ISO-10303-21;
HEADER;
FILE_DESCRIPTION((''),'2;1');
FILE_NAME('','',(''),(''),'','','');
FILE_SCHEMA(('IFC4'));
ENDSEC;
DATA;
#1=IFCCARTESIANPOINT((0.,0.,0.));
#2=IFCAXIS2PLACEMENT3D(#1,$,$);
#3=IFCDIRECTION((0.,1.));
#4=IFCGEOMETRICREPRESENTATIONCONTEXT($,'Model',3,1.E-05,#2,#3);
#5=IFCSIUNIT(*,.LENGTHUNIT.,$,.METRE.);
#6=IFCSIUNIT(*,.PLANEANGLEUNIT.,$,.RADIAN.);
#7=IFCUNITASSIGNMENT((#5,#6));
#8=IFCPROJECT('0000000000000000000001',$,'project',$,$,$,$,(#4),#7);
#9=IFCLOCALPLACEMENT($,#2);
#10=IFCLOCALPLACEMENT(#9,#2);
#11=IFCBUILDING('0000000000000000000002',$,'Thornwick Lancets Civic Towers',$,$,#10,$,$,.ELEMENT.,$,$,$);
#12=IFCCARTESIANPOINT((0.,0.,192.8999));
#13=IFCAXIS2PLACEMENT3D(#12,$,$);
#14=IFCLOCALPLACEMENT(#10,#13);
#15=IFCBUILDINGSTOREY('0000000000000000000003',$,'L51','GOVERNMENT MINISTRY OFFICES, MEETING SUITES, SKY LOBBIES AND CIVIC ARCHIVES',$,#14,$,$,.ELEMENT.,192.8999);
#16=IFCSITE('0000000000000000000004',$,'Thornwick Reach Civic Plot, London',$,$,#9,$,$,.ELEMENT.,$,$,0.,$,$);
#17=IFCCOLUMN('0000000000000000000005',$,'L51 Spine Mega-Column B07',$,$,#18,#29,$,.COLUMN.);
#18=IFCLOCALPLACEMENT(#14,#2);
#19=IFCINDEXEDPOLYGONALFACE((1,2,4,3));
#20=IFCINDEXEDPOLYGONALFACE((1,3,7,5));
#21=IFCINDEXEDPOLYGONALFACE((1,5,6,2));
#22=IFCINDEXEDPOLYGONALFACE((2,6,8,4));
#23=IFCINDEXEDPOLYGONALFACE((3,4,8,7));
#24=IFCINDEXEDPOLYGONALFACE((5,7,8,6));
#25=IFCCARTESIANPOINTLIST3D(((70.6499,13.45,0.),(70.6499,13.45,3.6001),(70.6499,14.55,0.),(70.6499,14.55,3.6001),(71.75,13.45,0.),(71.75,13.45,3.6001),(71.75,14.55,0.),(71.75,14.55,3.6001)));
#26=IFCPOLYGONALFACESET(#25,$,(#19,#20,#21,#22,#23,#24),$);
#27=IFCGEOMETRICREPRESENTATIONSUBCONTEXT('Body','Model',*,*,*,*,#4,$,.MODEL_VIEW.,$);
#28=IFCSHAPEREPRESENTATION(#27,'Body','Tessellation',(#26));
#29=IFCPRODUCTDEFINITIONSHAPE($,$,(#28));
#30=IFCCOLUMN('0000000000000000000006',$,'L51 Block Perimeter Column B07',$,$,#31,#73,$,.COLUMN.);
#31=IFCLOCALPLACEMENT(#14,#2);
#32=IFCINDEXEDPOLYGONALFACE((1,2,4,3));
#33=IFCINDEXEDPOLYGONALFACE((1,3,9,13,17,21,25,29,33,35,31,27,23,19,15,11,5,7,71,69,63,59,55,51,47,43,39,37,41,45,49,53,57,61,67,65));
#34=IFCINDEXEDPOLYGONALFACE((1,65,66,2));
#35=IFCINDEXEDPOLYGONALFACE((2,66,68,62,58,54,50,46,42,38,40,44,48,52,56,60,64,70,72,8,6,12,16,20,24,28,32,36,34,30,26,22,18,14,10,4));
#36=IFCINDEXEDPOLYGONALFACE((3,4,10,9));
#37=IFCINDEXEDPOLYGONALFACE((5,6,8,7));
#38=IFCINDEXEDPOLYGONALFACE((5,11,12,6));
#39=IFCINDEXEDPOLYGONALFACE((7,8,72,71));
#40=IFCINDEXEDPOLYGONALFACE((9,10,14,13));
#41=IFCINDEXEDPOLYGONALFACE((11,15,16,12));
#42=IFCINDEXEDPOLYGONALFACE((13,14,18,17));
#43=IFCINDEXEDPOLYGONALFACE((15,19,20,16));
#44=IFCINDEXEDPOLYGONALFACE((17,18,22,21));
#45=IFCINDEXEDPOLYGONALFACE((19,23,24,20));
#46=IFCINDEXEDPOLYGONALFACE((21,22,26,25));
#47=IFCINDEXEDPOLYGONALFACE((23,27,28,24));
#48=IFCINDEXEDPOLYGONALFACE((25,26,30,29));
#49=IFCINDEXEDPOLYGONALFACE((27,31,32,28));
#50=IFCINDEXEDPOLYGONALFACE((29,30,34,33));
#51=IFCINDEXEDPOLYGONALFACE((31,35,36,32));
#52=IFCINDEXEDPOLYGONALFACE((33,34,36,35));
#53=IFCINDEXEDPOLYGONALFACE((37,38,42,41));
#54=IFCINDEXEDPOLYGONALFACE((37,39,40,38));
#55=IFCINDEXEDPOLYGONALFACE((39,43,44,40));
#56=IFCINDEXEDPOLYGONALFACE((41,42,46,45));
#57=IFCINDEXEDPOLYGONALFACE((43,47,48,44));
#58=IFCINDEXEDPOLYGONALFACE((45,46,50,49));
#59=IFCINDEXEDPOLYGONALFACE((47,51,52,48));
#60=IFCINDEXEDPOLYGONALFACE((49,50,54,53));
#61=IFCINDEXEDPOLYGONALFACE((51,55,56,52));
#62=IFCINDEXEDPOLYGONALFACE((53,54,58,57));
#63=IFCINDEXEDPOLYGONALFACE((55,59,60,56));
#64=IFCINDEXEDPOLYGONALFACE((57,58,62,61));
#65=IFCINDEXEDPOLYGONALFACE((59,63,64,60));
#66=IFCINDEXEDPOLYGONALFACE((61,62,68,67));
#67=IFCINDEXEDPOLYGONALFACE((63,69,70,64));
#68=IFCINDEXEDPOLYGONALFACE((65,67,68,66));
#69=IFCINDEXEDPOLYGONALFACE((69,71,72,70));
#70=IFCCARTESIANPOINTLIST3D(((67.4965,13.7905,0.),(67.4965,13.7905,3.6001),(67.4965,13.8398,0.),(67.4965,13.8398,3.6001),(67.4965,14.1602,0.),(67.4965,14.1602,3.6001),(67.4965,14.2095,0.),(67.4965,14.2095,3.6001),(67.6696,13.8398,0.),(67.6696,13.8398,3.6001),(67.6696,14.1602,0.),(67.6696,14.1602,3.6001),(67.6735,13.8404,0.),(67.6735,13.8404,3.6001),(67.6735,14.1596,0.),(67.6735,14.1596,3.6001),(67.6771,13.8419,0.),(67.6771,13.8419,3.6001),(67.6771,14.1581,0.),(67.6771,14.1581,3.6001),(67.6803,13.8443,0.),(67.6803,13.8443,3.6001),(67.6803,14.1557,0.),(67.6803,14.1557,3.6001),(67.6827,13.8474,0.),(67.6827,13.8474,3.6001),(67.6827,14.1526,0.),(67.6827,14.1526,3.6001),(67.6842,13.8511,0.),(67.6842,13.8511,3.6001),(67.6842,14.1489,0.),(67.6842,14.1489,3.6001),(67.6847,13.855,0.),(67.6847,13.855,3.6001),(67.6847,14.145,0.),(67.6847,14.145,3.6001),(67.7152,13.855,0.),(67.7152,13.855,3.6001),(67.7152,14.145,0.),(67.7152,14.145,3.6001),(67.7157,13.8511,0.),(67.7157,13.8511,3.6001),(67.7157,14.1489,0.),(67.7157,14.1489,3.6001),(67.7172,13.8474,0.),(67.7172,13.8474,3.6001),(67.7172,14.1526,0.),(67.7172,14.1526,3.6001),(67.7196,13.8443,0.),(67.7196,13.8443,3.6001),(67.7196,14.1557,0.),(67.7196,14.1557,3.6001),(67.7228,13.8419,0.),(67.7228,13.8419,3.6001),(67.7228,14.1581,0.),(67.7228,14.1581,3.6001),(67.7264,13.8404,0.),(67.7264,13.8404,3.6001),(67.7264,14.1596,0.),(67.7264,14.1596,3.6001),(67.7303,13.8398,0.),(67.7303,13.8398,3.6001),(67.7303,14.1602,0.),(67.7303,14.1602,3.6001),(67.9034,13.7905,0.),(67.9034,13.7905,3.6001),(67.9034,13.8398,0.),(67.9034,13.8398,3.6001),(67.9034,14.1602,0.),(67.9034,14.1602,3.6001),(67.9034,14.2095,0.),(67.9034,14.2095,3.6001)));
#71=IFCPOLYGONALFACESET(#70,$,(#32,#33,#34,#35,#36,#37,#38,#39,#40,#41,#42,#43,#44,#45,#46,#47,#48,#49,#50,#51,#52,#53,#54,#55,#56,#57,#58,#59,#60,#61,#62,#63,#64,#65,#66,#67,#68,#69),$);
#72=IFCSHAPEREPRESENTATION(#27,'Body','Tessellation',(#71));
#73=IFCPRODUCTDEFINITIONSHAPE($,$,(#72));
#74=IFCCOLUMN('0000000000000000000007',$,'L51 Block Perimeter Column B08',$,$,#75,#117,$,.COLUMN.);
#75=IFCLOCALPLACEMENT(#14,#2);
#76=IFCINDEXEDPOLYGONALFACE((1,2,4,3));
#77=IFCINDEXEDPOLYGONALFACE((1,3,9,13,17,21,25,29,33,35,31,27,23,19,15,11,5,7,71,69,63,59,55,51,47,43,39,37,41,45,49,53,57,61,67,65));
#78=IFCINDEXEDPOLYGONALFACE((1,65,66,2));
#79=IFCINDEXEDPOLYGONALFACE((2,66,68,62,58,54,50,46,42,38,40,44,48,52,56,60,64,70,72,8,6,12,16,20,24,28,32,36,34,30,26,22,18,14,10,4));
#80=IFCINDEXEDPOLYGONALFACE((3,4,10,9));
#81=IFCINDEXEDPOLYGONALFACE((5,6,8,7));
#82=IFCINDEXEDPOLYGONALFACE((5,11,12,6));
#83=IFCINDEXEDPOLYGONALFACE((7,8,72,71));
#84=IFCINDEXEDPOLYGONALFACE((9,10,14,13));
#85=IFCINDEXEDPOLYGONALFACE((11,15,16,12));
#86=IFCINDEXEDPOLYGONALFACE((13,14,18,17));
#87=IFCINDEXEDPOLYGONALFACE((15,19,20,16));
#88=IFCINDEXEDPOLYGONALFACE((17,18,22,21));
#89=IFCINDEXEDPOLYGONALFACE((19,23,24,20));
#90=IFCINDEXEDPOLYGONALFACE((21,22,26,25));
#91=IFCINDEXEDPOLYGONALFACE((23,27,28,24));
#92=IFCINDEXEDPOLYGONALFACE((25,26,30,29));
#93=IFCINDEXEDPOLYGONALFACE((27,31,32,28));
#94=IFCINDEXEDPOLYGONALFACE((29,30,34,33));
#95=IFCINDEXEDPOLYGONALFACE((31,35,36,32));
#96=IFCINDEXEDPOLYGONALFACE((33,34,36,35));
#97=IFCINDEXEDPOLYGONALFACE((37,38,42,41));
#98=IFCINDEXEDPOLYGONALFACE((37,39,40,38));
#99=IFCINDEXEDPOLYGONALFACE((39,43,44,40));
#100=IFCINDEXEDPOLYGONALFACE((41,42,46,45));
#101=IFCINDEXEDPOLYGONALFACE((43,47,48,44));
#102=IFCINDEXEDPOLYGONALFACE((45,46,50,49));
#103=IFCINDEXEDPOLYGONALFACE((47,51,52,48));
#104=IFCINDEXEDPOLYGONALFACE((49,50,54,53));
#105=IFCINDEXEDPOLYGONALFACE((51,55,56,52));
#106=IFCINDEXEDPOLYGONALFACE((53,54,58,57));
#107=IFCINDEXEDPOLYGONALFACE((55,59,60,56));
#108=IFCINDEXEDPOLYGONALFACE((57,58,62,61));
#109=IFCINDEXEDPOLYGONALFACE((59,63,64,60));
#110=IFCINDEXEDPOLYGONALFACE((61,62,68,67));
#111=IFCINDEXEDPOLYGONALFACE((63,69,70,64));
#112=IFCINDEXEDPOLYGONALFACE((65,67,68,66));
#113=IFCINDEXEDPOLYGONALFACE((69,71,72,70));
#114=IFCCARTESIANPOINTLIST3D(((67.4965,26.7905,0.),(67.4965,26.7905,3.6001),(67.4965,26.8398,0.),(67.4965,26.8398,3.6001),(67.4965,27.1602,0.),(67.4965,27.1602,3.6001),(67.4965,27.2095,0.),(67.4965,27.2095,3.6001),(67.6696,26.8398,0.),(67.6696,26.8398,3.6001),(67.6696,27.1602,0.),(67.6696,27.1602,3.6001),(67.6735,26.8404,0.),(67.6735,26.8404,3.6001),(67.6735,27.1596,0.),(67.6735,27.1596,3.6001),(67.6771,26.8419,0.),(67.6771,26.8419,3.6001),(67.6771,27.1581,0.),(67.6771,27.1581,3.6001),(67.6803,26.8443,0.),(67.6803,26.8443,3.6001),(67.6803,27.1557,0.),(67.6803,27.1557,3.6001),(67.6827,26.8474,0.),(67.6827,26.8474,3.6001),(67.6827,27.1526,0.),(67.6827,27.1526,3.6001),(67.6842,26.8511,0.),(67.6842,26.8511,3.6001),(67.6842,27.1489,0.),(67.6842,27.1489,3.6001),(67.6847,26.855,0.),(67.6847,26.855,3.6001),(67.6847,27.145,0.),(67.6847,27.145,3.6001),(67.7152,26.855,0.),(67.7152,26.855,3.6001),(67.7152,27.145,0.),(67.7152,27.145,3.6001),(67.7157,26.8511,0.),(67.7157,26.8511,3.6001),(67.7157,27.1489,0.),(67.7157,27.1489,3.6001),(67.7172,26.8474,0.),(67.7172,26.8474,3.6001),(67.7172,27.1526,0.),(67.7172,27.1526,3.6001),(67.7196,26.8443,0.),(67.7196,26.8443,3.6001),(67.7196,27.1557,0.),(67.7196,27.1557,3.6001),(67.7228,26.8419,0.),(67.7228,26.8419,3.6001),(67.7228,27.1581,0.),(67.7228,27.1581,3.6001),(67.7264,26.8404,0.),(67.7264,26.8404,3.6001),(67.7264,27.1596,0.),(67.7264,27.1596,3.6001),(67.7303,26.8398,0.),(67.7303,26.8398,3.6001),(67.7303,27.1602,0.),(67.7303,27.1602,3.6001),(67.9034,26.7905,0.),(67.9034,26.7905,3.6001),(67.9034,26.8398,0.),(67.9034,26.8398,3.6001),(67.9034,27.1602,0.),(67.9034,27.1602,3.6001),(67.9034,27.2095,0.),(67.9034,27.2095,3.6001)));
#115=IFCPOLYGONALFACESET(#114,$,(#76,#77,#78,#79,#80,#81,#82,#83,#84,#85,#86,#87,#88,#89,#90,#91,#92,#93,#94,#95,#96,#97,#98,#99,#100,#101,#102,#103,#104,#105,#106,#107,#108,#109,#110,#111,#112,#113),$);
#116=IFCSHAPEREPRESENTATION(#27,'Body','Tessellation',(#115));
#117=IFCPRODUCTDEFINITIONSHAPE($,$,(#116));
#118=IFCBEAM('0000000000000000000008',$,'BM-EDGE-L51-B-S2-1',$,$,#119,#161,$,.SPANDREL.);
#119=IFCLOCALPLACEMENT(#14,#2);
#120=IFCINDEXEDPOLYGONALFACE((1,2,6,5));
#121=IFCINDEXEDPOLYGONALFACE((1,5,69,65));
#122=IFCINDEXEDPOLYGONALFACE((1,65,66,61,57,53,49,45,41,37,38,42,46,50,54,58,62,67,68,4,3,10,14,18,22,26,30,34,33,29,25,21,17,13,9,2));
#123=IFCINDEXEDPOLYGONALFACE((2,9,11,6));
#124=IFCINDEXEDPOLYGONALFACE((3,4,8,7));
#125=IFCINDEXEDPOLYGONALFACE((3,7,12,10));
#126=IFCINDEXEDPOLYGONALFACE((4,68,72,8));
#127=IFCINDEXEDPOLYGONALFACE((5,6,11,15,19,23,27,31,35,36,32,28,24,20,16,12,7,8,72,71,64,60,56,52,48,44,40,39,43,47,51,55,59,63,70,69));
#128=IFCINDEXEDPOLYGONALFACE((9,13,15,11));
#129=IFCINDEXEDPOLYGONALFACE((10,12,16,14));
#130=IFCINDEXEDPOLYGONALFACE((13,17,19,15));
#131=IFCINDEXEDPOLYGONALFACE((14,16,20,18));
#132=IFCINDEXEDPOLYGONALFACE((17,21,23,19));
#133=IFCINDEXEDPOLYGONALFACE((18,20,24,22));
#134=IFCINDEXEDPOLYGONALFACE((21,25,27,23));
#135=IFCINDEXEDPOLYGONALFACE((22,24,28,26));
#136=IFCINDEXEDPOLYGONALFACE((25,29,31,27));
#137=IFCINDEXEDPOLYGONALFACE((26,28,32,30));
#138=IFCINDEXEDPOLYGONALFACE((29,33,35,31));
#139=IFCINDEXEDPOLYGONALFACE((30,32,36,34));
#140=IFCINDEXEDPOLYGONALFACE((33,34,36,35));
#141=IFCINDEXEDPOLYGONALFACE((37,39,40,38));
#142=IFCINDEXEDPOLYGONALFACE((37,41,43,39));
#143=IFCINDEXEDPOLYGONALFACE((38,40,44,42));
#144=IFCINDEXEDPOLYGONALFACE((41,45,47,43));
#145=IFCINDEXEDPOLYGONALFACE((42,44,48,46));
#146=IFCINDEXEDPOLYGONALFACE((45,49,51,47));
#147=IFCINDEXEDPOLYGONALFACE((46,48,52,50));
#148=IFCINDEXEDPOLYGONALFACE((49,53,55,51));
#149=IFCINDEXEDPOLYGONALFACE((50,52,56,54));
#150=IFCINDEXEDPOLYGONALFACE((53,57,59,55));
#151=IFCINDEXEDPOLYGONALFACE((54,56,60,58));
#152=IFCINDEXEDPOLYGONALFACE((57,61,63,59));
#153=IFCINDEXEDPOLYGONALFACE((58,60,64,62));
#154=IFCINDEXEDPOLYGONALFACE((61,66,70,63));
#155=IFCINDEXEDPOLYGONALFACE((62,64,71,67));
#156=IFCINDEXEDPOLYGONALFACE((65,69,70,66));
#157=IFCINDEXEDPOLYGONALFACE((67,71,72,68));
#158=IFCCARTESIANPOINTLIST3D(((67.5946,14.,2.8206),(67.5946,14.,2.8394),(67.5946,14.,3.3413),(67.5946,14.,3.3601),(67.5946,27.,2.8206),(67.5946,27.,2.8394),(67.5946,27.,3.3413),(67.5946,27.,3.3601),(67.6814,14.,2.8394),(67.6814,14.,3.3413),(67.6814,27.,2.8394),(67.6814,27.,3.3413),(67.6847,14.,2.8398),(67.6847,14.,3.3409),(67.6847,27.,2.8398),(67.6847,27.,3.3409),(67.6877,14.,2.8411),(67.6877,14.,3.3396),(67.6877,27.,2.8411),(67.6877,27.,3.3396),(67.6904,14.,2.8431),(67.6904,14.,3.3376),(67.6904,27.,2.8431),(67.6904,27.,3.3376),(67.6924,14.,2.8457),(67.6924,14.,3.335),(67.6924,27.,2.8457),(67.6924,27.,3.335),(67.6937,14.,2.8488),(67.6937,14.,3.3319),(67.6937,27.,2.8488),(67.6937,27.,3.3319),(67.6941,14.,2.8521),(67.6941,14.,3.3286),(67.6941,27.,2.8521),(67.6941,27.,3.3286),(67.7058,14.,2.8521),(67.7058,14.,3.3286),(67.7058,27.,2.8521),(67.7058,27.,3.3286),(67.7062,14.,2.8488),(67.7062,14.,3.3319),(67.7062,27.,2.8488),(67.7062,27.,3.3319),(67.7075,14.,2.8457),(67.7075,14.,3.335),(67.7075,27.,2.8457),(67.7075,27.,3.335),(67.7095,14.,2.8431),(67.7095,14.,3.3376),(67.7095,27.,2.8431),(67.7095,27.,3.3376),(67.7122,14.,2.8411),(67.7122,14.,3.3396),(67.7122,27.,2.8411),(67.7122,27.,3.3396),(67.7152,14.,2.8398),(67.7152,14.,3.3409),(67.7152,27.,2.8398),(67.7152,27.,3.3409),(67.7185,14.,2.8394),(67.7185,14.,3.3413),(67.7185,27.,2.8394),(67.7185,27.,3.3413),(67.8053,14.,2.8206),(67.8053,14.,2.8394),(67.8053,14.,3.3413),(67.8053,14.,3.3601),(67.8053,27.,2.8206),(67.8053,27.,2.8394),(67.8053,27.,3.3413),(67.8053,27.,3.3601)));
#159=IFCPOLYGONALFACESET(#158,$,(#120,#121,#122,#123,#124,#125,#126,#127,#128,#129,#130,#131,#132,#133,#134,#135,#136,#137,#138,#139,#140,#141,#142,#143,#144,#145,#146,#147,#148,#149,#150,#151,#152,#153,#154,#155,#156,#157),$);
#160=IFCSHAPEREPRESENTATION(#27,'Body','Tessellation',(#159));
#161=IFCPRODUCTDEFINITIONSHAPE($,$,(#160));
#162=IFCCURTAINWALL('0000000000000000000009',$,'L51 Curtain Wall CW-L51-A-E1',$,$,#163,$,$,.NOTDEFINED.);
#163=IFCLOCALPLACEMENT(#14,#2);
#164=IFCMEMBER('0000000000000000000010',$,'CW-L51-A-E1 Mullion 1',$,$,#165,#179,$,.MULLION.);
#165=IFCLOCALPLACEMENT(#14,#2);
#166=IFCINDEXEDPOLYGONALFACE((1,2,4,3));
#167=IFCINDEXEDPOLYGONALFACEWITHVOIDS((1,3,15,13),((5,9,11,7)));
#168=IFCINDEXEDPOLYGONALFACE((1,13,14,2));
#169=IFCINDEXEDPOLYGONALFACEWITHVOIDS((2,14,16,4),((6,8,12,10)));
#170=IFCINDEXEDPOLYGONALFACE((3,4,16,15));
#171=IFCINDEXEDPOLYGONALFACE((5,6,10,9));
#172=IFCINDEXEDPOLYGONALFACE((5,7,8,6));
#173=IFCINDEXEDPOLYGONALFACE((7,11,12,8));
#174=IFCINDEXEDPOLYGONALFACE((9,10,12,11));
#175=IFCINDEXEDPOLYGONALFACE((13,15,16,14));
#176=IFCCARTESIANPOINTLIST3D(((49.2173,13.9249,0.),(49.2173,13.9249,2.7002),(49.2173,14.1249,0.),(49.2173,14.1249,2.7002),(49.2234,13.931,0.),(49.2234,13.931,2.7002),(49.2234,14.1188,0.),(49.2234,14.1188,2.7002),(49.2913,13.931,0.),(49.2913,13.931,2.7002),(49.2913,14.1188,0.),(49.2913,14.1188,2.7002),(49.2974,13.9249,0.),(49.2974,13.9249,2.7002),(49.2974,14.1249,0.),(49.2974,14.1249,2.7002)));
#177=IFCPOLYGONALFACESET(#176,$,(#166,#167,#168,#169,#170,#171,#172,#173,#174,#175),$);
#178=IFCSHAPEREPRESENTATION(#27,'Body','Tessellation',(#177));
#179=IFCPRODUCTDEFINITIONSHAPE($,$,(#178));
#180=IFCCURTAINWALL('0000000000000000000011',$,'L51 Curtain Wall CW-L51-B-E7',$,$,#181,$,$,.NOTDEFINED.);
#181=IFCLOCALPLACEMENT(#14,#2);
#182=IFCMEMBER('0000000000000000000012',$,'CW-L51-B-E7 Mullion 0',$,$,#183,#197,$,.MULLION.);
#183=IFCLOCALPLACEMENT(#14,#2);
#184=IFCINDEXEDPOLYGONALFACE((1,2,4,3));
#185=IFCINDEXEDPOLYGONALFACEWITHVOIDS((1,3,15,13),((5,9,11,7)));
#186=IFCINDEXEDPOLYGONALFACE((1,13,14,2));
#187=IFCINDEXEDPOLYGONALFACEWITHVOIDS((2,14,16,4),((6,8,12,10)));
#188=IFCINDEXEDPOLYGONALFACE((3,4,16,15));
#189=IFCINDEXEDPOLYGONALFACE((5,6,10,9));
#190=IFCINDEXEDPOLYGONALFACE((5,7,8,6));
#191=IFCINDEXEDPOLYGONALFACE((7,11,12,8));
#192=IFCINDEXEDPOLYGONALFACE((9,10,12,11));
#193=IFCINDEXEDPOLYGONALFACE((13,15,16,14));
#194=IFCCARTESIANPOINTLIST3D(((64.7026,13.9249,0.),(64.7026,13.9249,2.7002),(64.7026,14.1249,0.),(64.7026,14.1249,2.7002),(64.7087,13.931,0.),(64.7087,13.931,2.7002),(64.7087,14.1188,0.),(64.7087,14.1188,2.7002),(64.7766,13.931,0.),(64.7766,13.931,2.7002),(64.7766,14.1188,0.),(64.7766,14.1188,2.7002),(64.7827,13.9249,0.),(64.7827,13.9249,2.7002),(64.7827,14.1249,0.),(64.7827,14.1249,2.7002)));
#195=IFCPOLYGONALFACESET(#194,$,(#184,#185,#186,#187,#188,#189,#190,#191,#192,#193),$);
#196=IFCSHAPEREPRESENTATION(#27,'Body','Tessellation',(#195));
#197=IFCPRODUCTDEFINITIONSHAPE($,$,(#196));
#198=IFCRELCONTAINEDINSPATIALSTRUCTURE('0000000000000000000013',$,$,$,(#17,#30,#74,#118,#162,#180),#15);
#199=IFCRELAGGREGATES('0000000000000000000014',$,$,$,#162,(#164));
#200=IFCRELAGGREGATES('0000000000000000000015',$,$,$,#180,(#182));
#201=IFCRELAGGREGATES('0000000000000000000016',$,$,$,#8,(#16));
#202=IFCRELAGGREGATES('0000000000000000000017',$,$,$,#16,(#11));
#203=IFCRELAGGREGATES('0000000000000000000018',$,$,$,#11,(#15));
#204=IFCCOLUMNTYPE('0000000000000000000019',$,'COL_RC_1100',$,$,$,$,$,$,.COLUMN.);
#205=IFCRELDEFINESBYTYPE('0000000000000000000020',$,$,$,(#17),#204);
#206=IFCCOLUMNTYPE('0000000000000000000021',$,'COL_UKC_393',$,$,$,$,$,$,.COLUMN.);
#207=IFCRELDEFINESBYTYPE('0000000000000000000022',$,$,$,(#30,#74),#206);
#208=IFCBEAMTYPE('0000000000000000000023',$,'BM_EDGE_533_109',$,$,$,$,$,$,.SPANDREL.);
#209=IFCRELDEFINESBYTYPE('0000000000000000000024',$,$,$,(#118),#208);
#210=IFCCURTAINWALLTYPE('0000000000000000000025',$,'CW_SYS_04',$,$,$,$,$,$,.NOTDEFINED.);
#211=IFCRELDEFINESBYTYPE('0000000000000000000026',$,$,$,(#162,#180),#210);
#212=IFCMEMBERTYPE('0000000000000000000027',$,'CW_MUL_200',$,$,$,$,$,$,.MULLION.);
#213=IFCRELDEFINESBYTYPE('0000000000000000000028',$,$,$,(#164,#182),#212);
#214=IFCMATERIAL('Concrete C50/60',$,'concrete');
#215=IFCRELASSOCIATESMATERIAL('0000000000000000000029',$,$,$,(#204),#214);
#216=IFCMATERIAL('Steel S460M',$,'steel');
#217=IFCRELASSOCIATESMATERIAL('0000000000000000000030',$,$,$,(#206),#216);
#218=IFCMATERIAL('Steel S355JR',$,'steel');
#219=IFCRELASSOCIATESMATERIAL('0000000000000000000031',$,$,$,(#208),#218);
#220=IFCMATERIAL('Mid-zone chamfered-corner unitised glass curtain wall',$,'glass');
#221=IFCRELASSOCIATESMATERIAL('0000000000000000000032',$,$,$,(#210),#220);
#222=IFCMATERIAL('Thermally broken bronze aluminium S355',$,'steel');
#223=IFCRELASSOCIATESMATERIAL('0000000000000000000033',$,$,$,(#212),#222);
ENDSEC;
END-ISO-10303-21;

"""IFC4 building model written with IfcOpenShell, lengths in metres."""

from ifc_helpers import new_model, si_unit, direction, frame, origin, origin_2d, place, context, subcontext, project, spatial, rectangle, hollow_rectangle, i_section, extrude, material, material_profile, profile_set, type_object, element, aggregate, save


model = new_model("IFC4")

# Units and contexts
model_context = context("Model", 3, precision=1e-05, world=origin(), true_north=direction((0.0, 1.0)))
body_context = subcontext(model_context, "Body", "Model", "MODEL_VIEW")
ifc_project = project(units=[si_unit("LENGTHUNIT", "METRE"), si_unit("PLANEANGLEUNIT", "RADIAN")], contexts=[model_context])

# Site, building, storey
site_placement = place(None, origin())
site = spatial("IfcSite", under=ifc_project, at=site_placement, Name="Thornwick Reach Civic Plot, London", CompositionType="ELEMENT", RefElevation=0.0)
building_placement = place(site_placement, origin())
building = spatial("IfcBuilding", under=site, at=building_placement, Name="Thornwick Lancets Civic Towers", CompositionType="ELEMENT")
storey_placement = place(building_placement, frame((0.0, 0.0, 192.8999)))
storey = spatial("IfcBuildingStorey", under=building, at=storey_placement, Name="L51", Description="GOVERNMENT MINISTRY OFFICES, MEETING SUITES, SKY LOBBIES AND CIVIC ARCHIVES", CompositionType="ELEMENT", Elevation=192.8999)

# Columns
ifc_material_1 = material(Name="Concrete C50/60", Category="concrete")
ifc_material_profile_1 = material_profile(ifc_material_1, rectangle(XDim=1.1001, YDim=1.1001, at=origin_2d()), Name="RC 1100x1100")
ifc_profile_set_1 = profile_set([ifc_material_profile_1], Name="Concrete C50/60")
column_type_1 = type_object("IfcColumnType", Name="COL_RC_1100", PredefinedType="COLUMN", material=ifc_profile_set_1)
column_placement = place(storey_placement, frame((71.2, 14.0, 0.0), z_axis=(0.0, 0.0, 1.0), x_axis=(1.0, 0.0, 0.0)))
element("IfcColumn", 1, at=column_placement, inside=storey, type_object=column_type_1, Name="L51 Spine Mega-Column B07", PredefinedType="COLUMN", context=body_context, shape_type="SweptSolid", body=[
    extrude(rectangle(XDim=1.1001, YDim=1.1001, at=origin_2d()), origin(), (0.0, 0.0, 1.0), 3.6001),
])
ifc_material_2 = material(Name="Steel S460M", Category="steel")
ifc_material_profile_2 = material_profile(ifc_material_2, i_section(OverallWidth=0.407, OverallDepth=0.4189, WebThickness=0.0305, FlangeThickness=0.0493, FilletRadius=0.0151, at=origin_2d()), Name="UKC 356x406x393")
ifc_profile_set_2 = profile_set([ifc_material_profile_2], Name="Steel S460M")
column_type_2 = type_object("IfcColumnType", Name="COL_UKC_393", PredefinedType="COLUMN", material=ifc_profile_set_2)
for number, where, z_axis, x_axis, name in (
    (2, (67.7, 14.0, 0.0), (0.0, 0.0, 1.0), (1.0, 0.0, 0.0), "L51 Block Perimeter Column B07"),
    (3, (67.7, 27.0, 0.0), (0.0, 0.0, 1.0), (1.0, 0.0, 0.0), "L51 Block Perimeter Column B08"),
):
    element("IfcColumn", number, at=place(storey_placement, frame(where, z_axis=z_axis, x_axis=x_axis)), inside=storey, type_object=column_type_2, Name=name, PredefinedType="COLUMN", context=body_context, shape_type="SweptSolid", body=[
        extrude(i_section(OverallWidth=0.407, OverallDepth=0.4189, WebThickness=0.0305, FlangeThickness=0.0493, FilletRadius=0.0151, at=origin_2d()), origin(), (0.0, 0.0, 1.0), 3.6001),
    ])

# Beam
ifc_material_3 = material(Name="Steel S355JR", Category="steel")
ifc_material_profile_3 = material_profile(ifc_material_3, i_section(OverallWidth=0.2107, OverallDepth=0.5396, WebThickness=0.0117, FlangeThickness=0.0188, FilletRadius=0.0127, at=origin_2d()), Name="UKB 533x210x109")
ifc_profile_set_3 = profile_set([ifc_material_profile_3], Name="Steel S355JR")
beam_type = type_object("IfcBeamType", Name="BM_EDGE_533_109", PredefinedType="SPANDREL", material=ifc_profile_set_3)
beam_placement = place(storey_placement, frame((67.7, 14.0, 3.0903), z_axis=(0.0, 1.0, 0.0), x_axis=(-1.0, 0.0, 0.0)))
element("IfcBeam", 4, at=beam_placement, inside=storey, type_object=beam_type, Name="BM-EDGE-L51-B-S2-1", PredefinedType="SPANDREL", context=body_context, shape_type="SweptSolid", body=[
    extrude(i_section(OverallWidth=0.2107, OverallDepth=0.5396, WebThickness=0.0117, FlangeThickness=0.0188, FilletRadius=0.0127, at=origin_2d()), origin(), (0.0, 0.0, 1.0), 13.0),
])

# Curtain wall, member
ifc_material_4 = material(Name="Mid-zone chamfered-corner unitised glass curtain wall", Category="glass")
curtain_wall_type = type_object("IfcCurtainWallType", Name="CW_SYS_04", PredefinedType="NOTDEFINED", material=ifc_material_4)
curtain_wall_1_placement = place(storey_placement, origin())
curtain_wall_1 = element("IfcCurtainWall", 5, at=curtain_wall_1_placement, inside=storey, type_object=curtain_wall_type, Name="L51 Curtain Wall CW-L51-A-E1", PredefinedType="NOTDEFINED")
ifc_material_5 = material(Name="Thermally broken bronze aluminium S355", Category="steel")
ifc_material_profile_4 = material_profile(ifc_material_5, hollow_rectangle(XDim=0.0801, YDim=0.2, WallThickness=0.0061, at=origin_2d()), Name="RHS 200x80x6")
ifc_profile_set_4 = profile_set([ifc_material_profile_4], Name="Thermally broken bronze aluminium S355")
member_type_1 = type_object("IfcMemberType", Name="CW_MUL_200", PredefinedType="MULLION", material=ifc_profile_set_4)
member_1_placement = place(storey_placement, frame((49.2573, 14.0249, 0.0), z_axis=(0.0, 0.0, 1.0), x_axis=(1.0, 0.0, 0.0)))
member_1 = element("IfcMember", 6, at=member_1_placement, type_object=member_type_1, Name="CW-L51-A-E1 Mullion 1", PredefinedType="MULLION", context=body_context, shape_type="SweptSolid", body=[
    extrude(hollow_rectangle(XDim=0.0801, YDim=0.2, WallThickness=0.0061, at=origin_2d()), origin(), (0.0, 0.0, 1.0), 2.7002),
])
aggregate(curtain_wall_1, [member_1])

# Curtain wall, member
curtain_wall_2_placement = place(storey_placement, origin())
curtain_wall_2 = element("IfcCurtainWall", 7, at=curtain_wall_2_placement, inside=storey, type_object=curtain_wall_type, Name="L51 Curtain Wall CW-L51-B-E7", PredefinedType="NOTDEFINED")
member_2_placement = place(storey_placement, frame((64.7427, 14.0249, 0.0), z_axis=(0.0, 0.0, 1.0), x_axis=(1.0, 0.0, 0.0)))
member_2 = element("IfcMember", 8, at=member_2_placement, type_object=member_type_1, Name="CW-L51-B-E7 Mullion 0", PredefinedType="MULLION", context=body_context, shape_type="SweptSolid", body=[
    extrude(hollow_rectangle(XDim=0.0801, YDim=0.2, WallThickness=0.0061, at=origin_2d()), origin(), (0.0, 0.0, 1.0), 2.7002),
])
aggregate(curtain_wall_2, [member_2])

save(model, "model.ifc")
